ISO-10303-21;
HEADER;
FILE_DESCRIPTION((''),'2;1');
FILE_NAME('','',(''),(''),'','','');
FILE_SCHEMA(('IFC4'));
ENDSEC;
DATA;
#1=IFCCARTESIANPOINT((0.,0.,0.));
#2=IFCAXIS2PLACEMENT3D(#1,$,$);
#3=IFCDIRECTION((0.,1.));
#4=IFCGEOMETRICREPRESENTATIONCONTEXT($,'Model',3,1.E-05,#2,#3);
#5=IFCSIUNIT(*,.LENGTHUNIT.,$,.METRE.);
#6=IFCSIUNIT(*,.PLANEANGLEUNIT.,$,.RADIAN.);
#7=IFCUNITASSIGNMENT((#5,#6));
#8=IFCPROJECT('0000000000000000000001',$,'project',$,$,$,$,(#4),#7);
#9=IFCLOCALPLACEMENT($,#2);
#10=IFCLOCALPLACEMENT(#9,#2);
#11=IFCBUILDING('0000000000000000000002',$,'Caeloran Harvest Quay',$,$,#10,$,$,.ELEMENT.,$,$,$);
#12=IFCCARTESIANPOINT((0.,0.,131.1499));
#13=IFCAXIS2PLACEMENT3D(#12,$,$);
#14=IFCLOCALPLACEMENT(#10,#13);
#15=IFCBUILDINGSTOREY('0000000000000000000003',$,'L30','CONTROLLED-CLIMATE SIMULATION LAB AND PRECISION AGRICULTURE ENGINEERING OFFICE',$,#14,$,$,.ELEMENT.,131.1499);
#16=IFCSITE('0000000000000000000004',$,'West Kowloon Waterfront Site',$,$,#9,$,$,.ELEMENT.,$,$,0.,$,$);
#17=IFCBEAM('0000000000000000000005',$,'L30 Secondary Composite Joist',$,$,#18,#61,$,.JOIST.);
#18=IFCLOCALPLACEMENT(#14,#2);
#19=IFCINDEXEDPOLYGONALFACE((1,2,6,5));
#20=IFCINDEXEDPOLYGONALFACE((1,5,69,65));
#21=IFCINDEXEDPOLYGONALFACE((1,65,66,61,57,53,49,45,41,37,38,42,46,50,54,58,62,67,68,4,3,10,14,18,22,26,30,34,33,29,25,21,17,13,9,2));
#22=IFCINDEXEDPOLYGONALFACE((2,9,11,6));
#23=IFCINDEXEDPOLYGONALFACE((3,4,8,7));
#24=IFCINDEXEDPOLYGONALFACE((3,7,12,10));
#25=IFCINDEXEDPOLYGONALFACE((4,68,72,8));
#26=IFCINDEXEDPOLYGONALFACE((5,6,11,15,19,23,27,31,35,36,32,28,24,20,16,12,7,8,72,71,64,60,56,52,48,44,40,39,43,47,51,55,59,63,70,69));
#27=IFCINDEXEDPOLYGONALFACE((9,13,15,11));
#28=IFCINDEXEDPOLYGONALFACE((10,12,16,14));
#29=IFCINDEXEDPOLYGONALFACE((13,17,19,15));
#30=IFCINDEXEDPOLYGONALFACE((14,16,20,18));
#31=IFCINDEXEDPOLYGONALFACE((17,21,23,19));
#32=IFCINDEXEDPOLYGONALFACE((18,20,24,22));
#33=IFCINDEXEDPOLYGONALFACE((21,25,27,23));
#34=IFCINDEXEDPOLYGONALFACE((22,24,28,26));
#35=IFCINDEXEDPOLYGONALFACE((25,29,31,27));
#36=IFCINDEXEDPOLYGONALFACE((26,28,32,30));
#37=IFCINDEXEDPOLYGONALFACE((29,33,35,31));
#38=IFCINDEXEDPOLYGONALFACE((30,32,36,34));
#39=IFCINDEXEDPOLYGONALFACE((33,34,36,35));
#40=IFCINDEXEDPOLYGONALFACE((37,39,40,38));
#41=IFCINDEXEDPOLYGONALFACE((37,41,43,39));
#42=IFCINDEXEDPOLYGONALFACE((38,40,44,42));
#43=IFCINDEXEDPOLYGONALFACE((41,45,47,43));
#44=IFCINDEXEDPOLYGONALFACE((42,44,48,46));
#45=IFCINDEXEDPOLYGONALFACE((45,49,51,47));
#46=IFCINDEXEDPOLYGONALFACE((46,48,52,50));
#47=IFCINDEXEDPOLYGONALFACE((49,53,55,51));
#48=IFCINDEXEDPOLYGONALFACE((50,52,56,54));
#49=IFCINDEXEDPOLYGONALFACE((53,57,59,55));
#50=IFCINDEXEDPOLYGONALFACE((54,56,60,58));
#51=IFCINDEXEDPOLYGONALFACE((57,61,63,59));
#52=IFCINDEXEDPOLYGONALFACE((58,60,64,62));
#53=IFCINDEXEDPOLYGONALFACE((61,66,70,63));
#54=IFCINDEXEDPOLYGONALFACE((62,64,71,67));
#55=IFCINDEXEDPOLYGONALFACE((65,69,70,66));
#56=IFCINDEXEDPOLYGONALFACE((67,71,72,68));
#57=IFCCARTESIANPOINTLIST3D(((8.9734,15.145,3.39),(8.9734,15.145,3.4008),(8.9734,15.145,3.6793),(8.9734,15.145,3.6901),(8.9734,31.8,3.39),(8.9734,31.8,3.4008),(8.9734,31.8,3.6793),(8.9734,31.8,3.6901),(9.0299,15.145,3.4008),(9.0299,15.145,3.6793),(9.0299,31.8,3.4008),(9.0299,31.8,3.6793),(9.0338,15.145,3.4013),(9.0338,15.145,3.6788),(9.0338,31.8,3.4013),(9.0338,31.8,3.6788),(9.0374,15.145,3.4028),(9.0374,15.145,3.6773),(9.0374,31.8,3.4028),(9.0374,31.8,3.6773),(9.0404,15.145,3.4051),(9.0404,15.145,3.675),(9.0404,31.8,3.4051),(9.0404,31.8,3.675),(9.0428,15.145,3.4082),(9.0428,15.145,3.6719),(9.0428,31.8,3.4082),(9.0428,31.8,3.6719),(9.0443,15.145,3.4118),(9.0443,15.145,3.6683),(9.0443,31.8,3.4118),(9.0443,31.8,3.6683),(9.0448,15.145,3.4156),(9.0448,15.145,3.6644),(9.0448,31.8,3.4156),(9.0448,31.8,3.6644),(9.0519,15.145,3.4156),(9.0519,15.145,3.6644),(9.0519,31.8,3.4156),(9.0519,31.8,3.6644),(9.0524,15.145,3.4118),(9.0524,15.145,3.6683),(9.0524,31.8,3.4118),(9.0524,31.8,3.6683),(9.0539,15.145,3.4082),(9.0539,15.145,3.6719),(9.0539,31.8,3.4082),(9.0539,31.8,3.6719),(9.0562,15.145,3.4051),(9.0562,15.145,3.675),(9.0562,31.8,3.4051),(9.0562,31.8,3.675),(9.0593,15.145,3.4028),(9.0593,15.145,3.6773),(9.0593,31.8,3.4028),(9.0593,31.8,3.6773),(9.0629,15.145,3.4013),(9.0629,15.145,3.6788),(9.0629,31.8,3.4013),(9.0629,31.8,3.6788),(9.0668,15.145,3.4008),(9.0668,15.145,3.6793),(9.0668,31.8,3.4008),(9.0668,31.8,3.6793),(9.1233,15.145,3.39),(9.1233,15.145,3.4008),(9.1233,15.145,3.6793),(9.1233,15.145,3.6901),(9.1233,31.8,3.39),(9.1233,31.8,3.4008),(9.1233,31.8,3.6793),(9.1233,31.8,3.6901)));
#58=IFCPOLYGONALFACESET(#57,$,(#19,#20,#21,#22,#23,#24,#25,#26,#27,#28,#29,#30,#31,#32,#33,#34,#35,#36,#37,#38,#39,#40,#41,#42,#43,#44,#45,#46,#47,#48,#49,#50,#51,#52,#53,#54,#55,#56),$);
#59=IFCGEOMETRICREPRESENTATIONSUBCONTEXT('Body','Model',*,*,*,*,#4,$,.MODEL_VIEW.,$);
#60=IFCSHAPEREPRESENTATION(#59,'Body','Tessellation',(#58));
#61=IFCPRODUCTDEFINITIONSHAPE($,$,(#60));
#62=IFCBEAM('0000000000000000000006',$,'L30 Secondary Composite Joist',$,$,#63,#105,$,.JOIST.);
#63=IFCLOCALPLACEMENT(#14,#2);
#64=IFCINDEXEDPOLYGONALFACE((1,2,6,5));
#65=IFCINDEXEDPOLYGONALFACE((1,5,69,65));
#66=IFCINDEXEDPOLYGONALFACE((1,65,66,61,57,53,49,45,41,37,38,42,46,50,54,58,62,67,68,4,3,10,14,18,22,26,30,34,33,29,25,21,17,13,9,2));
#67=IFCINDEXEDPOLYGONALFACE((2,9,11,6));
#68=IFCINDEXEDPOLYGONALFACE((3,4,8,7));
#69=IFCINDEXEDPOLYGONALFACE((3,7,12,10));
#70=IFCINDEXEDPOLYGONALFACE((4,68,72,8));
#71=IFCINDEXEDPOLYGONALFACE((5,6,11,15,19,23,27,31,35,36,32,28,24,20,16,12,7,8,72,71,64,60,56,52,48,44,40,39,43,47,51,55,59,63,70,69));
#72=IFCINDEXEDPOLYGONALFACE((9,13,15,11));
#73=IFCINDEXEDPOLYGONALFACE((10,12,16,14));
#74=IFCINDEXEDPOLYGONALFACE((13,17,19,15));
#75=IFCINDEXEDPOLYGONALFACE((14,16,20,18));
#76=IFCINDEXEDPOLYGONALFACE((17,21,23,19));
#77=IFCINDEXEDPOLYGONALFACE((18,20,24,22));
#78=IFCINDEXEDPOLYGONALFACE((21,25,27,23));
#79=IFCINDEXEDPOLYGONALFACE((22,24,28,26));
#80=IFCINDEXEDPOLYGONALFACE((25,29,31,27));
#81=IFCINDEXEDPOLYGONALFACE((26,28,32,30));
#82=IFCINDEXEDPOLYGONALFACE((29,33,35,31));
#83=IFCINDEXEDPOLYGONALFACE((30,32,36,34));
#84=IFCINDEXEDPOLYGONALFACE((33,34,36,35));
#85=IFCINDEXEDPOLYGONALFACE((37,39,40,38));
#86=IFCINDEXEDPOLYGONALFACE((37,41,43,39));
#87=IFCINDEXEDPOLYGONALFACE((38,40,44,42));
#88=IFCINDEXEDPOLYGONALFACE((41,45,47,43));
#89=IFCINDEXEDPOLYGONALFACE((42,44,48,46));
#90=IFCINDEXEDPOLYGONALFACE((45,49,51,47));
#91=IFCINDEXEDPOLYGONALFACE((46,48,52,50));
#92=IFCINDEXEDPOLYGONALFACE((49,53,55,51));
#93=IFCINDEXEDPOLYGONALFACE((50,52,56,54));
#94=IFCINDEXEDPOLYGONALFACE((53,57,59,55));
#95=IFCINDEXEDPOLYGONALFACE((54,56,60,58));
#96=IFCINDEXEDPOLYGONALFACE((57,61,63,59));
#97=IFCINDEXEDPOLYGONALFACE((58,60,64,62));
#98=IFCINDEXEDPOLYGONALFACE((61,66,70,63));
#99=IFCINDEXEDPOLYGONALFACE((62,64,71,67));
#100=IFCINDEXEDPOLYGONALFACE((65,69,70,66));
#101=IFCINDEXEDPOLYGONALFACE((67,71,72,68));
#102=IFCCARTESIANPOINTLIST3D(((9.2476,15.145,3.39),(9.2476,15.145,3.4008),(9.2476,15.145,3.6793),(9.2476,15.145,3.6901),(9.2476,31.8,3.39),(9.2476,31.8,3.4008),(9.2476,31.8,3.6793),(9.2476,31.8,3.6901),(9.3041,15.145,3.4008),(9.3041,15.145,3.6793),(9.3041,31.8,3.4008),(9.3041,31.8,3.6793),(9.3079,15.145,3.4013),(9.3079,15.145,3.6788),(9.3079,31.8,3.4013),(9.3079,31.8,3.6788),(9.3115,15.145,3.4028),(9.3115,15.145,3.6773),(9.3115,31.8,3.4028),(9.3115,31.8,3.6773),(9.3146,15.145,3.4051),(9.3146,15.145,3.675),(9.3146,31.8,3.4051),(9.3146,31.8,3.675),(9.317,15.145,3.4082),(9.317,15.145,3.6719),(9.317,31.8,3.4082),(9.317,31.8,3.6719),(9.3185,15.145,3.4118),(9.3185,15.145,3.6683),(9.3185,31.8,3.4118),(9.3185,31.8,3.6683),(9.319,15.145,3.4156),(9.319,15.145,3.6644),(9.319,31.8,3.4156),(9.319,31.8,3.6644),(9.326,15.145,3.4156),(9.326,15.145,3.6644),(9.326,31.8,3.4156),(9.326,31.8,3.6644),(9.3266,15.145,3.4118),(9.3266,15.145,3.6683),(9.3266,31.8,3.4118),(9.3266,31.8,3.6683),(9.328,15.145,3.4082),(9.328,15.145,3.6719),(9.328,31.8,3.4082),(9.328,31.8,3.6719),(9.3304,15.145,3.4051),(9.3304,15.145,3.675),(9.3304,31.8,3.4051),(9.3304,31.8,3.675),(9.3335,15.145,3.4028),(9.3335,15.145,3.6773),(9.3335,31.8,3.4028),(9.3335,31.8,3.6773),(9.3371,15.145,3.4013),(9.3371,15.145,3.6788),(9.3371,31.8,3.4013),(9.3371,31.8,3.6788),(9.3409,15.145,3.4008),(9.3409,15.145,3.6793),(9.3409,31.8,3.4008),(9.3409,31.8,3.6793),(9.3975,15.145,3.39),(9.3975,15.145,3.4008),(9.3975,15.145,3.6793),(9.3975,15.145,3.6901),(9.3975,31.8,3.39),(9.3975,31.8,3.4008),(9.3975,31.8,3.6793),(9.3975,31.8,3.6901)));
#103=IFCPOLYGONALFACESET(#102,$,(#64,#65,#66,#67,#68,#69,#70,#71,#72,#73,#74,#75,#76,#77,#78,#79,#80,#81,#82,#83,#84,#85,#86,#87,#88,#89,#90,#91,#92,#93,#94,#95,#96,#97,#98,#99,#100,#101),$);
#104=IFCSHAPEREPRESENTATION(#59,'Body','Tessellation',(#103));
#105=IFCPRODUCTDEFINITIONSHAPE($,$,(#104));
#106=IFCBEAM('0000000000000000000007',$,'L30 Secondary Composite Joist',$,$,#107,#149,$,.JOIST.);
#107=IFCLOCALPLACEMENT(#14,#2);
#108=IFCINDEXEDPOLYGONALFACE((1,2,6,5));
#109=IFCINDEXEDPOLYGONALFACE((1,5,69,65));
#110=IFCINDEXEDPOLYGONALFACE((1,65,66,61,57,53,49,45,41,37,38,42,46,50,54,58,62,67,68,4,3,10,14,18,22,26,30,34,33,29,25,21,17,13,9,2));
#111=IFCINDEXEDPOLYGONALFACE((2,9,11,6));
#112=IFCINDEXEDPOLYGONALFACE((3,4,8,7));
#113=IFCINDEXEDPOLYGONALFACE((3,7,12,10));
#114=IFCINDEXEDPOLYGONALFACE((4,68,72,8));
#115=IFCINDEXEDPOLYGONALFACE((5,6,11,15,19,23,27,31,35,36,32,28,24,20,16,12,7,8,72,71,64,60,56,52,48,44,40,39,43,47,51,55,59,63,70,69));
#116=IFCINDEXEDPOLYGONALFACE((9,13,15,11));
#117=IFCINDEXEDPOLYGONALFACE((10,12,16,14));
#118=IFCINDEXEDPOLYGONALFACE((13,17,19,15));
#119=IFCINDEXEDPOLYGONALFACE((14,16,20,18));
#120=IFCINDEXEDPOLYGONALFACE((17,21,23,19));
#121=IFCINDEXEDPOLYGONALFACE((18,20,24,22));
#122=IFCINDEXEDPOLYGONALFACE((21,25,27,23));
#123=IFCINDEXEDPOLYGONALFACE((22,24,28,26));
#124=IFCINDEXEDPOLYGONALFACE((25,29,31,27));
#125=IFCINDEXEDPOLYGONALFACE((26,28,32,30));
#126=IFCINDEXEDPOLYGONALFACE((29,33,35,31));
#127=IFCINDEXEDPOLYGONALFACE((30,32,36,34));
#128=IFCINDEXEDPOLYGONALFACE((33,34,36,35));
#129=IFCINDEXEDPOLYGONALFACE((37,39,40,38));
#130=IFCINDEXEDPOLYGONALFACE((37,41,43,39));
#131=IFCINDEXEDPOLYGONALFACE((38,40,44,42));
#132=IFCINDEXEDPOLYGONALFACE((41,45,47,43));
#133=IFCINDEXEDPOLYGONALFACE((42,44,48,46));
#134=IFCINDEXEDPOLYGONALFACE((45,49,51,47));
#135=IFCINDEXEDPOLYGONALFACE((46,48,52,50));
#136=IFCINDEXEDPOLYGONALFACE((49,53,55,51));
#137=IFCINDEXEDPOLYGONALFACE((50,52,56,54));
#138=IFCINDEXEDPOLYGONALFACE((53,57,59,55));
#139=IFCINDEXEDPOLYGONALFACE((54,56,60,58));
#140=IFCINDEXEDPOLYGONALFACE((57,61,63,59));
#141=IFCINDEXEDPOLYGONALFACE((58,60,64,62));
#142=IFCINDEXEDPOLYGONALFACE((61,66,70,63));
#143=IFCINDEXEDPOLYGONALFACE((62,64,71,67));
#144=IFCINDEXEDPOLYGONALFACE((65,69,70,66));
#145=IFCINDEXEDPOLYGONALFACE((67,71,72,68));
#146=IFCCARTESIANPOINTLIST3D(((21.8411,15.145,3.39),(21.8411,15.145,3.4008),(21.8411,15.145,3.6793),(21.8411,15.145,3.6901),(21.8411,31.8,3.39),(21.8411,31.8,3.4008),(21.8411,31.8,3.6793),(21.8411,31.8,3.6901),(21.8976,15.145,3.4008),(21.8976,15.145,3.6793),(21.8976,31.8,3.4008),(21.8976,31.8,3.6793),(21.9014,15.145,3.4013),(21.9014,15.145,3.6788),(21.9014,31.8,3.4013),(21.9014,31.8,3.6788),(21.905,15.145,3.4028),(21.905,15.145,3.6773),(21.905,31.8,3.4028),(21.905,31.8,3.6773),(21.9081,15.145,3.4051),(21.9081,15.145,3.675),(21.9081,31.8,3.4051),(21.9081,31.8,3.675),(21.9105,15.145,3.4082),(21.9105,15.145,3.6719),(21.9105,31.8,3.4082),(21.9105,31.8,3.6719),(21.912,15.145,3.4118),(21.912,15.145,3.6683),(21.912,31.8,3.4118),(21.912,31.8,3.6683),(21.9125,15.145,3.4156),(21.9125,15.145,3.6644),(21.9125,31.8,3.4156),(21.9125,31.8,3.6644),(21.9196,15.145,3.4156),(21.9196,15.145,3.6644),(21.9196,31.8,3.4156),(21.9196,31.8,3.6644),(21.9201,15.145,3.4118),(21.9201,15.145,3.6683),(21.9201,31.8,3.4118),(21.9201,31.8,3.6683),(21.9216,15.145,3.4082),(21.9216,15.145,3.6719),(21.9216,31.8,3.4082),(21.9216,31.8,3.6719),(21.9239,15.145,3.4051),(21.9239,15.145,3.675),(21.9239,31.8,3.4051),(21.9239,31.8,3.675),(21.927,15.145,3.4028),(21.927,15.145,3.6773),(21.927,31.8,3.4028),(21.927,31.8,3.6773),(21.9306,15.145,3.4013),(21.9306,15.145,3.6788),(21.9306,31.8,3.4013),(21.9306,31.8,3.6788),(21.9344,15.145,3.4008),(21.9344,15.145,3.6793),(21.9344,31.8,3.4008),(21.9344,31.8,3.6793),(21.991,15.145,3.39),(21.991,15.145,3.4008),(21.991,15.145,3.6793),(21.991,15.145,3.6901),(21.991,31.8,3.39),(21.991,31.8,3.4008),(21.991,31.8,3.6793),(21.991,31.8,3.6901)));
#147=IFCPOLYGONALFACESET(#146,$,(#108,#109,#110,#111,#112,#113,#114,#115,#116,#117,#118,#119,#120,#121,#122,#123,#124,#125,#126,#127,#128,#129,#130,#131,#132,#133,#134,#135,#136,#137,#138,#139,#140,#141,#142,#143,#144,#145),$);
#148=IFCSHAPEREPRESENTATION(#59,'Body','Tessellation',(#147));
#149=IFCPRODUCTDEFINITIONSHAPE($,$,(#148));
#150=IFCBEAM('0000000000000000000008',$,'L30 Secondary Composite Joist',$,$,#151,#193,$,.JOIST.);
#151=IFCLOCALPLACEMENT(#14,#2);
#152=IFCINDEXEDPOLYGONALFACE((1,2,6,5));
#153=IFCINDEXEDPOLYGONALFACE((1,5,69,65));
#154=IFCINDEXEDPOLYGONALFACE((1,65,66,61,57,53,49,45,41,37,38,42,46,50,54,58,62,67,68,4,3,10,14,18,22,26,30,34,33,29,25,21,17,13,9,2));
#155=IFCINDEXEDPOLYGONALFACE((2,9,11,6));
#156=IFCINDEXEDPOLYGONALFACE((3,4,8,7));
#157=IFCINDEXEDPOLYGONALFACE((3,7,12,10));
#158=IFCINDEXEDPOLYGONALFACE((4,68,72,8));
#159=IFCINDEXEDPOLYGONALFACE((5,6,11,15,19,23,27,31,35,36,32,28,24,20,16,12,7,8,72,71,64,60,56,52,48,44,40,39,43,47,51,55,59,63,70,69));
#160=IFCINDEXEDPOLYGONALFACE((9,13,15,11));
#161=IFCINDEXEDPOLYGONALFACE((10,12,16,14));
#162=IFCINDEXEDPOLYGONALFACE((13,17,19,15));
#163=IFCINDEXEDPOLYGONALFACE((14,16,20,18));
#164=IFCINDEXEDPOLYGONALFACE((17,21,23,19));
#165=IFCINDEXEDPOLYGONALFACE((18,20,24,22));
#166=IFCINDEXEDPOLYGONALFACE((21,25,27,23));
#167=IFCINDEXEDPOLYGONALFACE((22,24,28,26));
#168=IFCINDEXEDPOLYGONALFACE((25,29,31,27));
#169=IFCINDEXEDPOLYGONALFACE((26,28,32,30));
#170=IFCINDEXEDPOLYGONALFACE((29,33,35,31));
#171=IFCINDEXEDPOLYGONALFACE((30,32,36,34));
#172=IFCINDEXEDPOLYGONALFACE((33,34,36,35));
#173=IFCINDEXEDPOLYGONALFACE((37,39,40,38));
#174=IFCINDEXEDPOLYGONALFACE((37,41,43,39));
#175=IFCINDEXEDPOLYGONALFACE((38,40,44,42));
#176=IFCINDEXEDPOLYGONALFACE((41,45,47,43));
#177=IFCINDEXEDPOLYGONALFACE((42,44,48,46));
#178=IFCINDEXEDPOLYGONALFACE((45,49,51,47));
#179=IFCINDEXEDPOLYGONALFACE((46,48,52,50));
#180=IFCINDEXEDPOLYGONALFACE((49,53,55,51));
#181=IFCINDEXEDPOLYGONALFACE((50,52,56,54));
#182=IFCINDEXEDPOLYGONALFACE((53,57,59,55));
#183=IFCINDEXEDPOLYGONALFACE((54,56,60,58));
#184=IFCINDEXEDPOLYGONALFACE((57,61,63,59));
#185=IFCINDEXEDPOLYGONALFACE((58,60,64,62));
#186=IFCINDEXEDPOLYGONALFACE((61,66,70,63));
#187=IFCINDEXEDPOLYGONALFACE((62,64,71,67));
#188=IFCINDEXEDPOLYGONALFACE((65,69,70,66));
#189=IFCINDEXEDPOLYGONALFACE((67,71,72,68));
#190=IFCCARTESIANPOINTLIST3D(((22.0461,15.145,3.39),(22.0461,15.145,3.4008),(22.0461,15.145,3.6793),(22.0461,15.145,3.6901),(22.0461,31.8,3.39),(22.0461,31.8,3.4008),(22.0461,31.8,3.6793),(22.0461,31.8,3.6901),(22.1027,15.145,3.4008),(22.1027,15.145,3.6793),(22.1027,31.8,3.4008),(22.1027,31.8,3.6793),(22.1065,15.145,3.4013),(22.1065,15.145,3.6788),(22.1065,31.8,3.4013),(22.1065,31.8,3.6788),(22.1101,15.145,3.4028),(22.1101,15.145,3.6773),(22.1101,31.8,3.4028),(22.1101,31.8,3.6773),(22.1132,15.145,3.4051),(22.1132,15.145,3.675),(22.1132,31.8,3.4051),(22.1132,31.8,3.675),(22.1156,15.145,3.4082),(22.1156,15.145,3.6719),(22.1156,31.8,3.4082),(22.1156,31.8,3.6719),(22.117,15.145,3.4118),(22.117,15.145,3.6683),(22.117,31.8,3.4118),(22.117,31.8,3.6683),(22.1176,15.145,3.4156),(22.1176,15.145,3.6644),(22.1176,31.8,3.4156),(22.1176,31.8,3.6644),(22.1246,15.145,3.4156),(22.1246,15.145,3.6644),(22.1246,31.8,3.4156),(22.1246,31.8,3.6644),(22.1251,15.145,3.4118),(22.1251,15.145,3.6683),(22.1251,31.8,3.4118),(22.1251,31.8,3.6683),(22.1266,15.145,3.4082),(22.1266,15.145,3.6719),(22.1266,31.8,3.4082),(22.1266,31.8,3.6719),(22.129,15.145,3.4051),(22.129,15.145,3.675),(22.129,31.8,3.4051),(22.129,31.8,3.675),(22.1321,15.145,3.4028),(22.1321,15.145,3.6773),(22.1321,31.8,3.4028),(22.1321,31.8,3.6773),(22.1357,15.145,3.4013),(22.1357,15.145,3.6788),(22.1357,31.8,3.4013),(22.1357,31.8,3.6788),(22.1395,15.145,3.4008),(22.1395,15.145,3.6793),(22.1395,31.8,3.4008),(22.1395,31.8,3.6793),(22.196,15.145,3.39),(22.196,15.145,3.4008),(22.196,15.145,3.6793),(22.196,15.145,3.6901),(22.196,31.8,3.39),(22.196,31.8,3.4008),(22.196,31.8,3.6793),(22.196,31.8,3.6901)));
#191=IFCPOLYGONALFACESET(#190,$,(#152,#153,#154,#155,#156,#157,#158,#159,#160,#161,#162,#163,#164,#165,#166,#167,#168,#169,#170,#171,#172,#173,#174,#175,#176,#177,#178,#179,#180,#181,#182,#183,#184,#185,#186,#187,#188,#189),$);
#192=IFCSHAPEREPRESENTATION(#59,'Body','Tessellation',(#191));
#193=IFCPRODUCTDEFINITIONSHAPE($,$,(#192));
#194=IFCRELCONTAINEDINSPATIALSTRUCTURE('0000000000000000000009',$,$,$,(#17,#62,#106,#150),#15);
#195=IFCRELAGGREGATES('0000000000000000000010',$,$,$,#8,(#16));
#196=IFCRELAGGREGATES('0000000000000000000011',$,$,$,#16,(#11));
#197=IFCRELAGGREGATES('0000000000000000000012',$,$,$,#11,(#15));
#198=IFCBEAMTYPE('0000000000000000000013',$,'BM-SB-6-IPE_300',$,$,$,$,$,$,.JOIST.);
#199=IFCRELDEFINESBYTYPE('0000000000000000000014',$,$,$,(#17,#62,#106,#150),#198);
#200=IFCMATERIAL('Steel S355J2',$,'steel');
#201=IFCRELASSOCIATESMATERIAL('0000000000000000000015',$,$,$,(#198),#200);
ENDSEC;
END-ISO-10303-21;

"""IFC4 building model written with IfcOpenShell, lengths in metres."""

from ifc_helpers import new_model, si_unit, direction, frame, origin, origin_2d, place, context, subcontext, project, spatial, i_section, extrude, material, material_profile, profile_set, type_object, element, save


model = new_model("IFC4")

# Units and contexts
model_context = context("Model", 3, precision=1e-05, world=origin(), true_north=direction((0.0, 1.0)))
body_context = subcontext(model_context, "Body", "Model", "MODEL_VIEW")
ifc_project = project(units=[si_unit("LENGTHUNIT", "METRE"), si_unit("PLANEANGLEUNIT", "RADIAN")], contexts=[model_context])

# Site, building, storey
site_placement = place(None, origin())
site = spatial("IfcSite", under=ifc_project, at=site_placement, Name="West Kowloon Waterfront Site", CompositionType="ELEMENT", RefElevation=0.0)
building_placement = place(site_placement, origin())
building = spatial("IfcBuilding", under=site, at=building_placement, Name="Caeloran Harvest Quay", CompositionType="ELEMENT")
storey_placement = place(building_placement, frame((0.0, 0.0, 131.1499)))
storey = spatial("IfcBuildingStorey", under=building, at=storey_placement, Name="L30", Description="CONTROLLED-CLIMATE SIMULATION LAB AND PRECISION AGRICULTURE ENGINEERING OFFICE", CompositionType="ELEMENT", Elevation=131.1499)

# Beams
ifc_material_1 = material(Name="Steel S355J2", Category="steel")
ifc_material_profile_1 = material_profile(ifc_material_1, i_section(OverallWidth=0.1499, OverallDepth=0.3, WebThickness=0.0071, FlangeThickness=0.0107, FilletRadius=0.0149, at=origin_2d()), Name="IPE 300")
ifc_profile_set_1 = profile_set([ifc_material_profile_1], Name="Steel S355J2")
beam_type_1 = type_object("IfcBeamType", Name="BM-SB-6-IPE_300", PredefinedType="JOIST", material=ifc_profile_set_1)
for number, where, z_axis, x_axis, name in (
    (1, (9.0483, 15.145, 3.54), (0.0, 1.0, 0.0), (-1.0, 0.0, 0.0), "L30 Secondary Composite Joist"),
    (2, (9.3225, 15.145, 3.54), (0.0, 1.0, 0.0), (-1.0, 0.0, 0.0), "L30 Secondary Composite Joist"),
    (3, (21.916, 15.145, 3.54), (0.0, 1.0, 0.0), (-1.0, 0.0, 0.0), "L30 Secondary Composite Joist"),
    (4, (22.1211, 15.145, 3.54), (0.0, 1.0, 0.0), (-1.0, 0.0, 0.0), "L30 Secondary Composite Joist"),
):
    element("IfcBeam", number, at=place(storey_placement, frame(where, z_axis=z_axis, x_axis=x_axis)), inside=storey, type_object=beam_type_1, Name=name, PredefinedType="JOIST", context=body_context, shape_type="SweptSolid", body=[
        extrude(i_section(OverallWidth=0.1499, OverallDepth=0.3, WebThickness=0.0071, FlangeThickness=0.0107, FilletRadius=0.0149, at=origin_2d()), origin(), (0.0, 0.0, 1.0), 16.655),
    ])

save(model, "model.ifc")
